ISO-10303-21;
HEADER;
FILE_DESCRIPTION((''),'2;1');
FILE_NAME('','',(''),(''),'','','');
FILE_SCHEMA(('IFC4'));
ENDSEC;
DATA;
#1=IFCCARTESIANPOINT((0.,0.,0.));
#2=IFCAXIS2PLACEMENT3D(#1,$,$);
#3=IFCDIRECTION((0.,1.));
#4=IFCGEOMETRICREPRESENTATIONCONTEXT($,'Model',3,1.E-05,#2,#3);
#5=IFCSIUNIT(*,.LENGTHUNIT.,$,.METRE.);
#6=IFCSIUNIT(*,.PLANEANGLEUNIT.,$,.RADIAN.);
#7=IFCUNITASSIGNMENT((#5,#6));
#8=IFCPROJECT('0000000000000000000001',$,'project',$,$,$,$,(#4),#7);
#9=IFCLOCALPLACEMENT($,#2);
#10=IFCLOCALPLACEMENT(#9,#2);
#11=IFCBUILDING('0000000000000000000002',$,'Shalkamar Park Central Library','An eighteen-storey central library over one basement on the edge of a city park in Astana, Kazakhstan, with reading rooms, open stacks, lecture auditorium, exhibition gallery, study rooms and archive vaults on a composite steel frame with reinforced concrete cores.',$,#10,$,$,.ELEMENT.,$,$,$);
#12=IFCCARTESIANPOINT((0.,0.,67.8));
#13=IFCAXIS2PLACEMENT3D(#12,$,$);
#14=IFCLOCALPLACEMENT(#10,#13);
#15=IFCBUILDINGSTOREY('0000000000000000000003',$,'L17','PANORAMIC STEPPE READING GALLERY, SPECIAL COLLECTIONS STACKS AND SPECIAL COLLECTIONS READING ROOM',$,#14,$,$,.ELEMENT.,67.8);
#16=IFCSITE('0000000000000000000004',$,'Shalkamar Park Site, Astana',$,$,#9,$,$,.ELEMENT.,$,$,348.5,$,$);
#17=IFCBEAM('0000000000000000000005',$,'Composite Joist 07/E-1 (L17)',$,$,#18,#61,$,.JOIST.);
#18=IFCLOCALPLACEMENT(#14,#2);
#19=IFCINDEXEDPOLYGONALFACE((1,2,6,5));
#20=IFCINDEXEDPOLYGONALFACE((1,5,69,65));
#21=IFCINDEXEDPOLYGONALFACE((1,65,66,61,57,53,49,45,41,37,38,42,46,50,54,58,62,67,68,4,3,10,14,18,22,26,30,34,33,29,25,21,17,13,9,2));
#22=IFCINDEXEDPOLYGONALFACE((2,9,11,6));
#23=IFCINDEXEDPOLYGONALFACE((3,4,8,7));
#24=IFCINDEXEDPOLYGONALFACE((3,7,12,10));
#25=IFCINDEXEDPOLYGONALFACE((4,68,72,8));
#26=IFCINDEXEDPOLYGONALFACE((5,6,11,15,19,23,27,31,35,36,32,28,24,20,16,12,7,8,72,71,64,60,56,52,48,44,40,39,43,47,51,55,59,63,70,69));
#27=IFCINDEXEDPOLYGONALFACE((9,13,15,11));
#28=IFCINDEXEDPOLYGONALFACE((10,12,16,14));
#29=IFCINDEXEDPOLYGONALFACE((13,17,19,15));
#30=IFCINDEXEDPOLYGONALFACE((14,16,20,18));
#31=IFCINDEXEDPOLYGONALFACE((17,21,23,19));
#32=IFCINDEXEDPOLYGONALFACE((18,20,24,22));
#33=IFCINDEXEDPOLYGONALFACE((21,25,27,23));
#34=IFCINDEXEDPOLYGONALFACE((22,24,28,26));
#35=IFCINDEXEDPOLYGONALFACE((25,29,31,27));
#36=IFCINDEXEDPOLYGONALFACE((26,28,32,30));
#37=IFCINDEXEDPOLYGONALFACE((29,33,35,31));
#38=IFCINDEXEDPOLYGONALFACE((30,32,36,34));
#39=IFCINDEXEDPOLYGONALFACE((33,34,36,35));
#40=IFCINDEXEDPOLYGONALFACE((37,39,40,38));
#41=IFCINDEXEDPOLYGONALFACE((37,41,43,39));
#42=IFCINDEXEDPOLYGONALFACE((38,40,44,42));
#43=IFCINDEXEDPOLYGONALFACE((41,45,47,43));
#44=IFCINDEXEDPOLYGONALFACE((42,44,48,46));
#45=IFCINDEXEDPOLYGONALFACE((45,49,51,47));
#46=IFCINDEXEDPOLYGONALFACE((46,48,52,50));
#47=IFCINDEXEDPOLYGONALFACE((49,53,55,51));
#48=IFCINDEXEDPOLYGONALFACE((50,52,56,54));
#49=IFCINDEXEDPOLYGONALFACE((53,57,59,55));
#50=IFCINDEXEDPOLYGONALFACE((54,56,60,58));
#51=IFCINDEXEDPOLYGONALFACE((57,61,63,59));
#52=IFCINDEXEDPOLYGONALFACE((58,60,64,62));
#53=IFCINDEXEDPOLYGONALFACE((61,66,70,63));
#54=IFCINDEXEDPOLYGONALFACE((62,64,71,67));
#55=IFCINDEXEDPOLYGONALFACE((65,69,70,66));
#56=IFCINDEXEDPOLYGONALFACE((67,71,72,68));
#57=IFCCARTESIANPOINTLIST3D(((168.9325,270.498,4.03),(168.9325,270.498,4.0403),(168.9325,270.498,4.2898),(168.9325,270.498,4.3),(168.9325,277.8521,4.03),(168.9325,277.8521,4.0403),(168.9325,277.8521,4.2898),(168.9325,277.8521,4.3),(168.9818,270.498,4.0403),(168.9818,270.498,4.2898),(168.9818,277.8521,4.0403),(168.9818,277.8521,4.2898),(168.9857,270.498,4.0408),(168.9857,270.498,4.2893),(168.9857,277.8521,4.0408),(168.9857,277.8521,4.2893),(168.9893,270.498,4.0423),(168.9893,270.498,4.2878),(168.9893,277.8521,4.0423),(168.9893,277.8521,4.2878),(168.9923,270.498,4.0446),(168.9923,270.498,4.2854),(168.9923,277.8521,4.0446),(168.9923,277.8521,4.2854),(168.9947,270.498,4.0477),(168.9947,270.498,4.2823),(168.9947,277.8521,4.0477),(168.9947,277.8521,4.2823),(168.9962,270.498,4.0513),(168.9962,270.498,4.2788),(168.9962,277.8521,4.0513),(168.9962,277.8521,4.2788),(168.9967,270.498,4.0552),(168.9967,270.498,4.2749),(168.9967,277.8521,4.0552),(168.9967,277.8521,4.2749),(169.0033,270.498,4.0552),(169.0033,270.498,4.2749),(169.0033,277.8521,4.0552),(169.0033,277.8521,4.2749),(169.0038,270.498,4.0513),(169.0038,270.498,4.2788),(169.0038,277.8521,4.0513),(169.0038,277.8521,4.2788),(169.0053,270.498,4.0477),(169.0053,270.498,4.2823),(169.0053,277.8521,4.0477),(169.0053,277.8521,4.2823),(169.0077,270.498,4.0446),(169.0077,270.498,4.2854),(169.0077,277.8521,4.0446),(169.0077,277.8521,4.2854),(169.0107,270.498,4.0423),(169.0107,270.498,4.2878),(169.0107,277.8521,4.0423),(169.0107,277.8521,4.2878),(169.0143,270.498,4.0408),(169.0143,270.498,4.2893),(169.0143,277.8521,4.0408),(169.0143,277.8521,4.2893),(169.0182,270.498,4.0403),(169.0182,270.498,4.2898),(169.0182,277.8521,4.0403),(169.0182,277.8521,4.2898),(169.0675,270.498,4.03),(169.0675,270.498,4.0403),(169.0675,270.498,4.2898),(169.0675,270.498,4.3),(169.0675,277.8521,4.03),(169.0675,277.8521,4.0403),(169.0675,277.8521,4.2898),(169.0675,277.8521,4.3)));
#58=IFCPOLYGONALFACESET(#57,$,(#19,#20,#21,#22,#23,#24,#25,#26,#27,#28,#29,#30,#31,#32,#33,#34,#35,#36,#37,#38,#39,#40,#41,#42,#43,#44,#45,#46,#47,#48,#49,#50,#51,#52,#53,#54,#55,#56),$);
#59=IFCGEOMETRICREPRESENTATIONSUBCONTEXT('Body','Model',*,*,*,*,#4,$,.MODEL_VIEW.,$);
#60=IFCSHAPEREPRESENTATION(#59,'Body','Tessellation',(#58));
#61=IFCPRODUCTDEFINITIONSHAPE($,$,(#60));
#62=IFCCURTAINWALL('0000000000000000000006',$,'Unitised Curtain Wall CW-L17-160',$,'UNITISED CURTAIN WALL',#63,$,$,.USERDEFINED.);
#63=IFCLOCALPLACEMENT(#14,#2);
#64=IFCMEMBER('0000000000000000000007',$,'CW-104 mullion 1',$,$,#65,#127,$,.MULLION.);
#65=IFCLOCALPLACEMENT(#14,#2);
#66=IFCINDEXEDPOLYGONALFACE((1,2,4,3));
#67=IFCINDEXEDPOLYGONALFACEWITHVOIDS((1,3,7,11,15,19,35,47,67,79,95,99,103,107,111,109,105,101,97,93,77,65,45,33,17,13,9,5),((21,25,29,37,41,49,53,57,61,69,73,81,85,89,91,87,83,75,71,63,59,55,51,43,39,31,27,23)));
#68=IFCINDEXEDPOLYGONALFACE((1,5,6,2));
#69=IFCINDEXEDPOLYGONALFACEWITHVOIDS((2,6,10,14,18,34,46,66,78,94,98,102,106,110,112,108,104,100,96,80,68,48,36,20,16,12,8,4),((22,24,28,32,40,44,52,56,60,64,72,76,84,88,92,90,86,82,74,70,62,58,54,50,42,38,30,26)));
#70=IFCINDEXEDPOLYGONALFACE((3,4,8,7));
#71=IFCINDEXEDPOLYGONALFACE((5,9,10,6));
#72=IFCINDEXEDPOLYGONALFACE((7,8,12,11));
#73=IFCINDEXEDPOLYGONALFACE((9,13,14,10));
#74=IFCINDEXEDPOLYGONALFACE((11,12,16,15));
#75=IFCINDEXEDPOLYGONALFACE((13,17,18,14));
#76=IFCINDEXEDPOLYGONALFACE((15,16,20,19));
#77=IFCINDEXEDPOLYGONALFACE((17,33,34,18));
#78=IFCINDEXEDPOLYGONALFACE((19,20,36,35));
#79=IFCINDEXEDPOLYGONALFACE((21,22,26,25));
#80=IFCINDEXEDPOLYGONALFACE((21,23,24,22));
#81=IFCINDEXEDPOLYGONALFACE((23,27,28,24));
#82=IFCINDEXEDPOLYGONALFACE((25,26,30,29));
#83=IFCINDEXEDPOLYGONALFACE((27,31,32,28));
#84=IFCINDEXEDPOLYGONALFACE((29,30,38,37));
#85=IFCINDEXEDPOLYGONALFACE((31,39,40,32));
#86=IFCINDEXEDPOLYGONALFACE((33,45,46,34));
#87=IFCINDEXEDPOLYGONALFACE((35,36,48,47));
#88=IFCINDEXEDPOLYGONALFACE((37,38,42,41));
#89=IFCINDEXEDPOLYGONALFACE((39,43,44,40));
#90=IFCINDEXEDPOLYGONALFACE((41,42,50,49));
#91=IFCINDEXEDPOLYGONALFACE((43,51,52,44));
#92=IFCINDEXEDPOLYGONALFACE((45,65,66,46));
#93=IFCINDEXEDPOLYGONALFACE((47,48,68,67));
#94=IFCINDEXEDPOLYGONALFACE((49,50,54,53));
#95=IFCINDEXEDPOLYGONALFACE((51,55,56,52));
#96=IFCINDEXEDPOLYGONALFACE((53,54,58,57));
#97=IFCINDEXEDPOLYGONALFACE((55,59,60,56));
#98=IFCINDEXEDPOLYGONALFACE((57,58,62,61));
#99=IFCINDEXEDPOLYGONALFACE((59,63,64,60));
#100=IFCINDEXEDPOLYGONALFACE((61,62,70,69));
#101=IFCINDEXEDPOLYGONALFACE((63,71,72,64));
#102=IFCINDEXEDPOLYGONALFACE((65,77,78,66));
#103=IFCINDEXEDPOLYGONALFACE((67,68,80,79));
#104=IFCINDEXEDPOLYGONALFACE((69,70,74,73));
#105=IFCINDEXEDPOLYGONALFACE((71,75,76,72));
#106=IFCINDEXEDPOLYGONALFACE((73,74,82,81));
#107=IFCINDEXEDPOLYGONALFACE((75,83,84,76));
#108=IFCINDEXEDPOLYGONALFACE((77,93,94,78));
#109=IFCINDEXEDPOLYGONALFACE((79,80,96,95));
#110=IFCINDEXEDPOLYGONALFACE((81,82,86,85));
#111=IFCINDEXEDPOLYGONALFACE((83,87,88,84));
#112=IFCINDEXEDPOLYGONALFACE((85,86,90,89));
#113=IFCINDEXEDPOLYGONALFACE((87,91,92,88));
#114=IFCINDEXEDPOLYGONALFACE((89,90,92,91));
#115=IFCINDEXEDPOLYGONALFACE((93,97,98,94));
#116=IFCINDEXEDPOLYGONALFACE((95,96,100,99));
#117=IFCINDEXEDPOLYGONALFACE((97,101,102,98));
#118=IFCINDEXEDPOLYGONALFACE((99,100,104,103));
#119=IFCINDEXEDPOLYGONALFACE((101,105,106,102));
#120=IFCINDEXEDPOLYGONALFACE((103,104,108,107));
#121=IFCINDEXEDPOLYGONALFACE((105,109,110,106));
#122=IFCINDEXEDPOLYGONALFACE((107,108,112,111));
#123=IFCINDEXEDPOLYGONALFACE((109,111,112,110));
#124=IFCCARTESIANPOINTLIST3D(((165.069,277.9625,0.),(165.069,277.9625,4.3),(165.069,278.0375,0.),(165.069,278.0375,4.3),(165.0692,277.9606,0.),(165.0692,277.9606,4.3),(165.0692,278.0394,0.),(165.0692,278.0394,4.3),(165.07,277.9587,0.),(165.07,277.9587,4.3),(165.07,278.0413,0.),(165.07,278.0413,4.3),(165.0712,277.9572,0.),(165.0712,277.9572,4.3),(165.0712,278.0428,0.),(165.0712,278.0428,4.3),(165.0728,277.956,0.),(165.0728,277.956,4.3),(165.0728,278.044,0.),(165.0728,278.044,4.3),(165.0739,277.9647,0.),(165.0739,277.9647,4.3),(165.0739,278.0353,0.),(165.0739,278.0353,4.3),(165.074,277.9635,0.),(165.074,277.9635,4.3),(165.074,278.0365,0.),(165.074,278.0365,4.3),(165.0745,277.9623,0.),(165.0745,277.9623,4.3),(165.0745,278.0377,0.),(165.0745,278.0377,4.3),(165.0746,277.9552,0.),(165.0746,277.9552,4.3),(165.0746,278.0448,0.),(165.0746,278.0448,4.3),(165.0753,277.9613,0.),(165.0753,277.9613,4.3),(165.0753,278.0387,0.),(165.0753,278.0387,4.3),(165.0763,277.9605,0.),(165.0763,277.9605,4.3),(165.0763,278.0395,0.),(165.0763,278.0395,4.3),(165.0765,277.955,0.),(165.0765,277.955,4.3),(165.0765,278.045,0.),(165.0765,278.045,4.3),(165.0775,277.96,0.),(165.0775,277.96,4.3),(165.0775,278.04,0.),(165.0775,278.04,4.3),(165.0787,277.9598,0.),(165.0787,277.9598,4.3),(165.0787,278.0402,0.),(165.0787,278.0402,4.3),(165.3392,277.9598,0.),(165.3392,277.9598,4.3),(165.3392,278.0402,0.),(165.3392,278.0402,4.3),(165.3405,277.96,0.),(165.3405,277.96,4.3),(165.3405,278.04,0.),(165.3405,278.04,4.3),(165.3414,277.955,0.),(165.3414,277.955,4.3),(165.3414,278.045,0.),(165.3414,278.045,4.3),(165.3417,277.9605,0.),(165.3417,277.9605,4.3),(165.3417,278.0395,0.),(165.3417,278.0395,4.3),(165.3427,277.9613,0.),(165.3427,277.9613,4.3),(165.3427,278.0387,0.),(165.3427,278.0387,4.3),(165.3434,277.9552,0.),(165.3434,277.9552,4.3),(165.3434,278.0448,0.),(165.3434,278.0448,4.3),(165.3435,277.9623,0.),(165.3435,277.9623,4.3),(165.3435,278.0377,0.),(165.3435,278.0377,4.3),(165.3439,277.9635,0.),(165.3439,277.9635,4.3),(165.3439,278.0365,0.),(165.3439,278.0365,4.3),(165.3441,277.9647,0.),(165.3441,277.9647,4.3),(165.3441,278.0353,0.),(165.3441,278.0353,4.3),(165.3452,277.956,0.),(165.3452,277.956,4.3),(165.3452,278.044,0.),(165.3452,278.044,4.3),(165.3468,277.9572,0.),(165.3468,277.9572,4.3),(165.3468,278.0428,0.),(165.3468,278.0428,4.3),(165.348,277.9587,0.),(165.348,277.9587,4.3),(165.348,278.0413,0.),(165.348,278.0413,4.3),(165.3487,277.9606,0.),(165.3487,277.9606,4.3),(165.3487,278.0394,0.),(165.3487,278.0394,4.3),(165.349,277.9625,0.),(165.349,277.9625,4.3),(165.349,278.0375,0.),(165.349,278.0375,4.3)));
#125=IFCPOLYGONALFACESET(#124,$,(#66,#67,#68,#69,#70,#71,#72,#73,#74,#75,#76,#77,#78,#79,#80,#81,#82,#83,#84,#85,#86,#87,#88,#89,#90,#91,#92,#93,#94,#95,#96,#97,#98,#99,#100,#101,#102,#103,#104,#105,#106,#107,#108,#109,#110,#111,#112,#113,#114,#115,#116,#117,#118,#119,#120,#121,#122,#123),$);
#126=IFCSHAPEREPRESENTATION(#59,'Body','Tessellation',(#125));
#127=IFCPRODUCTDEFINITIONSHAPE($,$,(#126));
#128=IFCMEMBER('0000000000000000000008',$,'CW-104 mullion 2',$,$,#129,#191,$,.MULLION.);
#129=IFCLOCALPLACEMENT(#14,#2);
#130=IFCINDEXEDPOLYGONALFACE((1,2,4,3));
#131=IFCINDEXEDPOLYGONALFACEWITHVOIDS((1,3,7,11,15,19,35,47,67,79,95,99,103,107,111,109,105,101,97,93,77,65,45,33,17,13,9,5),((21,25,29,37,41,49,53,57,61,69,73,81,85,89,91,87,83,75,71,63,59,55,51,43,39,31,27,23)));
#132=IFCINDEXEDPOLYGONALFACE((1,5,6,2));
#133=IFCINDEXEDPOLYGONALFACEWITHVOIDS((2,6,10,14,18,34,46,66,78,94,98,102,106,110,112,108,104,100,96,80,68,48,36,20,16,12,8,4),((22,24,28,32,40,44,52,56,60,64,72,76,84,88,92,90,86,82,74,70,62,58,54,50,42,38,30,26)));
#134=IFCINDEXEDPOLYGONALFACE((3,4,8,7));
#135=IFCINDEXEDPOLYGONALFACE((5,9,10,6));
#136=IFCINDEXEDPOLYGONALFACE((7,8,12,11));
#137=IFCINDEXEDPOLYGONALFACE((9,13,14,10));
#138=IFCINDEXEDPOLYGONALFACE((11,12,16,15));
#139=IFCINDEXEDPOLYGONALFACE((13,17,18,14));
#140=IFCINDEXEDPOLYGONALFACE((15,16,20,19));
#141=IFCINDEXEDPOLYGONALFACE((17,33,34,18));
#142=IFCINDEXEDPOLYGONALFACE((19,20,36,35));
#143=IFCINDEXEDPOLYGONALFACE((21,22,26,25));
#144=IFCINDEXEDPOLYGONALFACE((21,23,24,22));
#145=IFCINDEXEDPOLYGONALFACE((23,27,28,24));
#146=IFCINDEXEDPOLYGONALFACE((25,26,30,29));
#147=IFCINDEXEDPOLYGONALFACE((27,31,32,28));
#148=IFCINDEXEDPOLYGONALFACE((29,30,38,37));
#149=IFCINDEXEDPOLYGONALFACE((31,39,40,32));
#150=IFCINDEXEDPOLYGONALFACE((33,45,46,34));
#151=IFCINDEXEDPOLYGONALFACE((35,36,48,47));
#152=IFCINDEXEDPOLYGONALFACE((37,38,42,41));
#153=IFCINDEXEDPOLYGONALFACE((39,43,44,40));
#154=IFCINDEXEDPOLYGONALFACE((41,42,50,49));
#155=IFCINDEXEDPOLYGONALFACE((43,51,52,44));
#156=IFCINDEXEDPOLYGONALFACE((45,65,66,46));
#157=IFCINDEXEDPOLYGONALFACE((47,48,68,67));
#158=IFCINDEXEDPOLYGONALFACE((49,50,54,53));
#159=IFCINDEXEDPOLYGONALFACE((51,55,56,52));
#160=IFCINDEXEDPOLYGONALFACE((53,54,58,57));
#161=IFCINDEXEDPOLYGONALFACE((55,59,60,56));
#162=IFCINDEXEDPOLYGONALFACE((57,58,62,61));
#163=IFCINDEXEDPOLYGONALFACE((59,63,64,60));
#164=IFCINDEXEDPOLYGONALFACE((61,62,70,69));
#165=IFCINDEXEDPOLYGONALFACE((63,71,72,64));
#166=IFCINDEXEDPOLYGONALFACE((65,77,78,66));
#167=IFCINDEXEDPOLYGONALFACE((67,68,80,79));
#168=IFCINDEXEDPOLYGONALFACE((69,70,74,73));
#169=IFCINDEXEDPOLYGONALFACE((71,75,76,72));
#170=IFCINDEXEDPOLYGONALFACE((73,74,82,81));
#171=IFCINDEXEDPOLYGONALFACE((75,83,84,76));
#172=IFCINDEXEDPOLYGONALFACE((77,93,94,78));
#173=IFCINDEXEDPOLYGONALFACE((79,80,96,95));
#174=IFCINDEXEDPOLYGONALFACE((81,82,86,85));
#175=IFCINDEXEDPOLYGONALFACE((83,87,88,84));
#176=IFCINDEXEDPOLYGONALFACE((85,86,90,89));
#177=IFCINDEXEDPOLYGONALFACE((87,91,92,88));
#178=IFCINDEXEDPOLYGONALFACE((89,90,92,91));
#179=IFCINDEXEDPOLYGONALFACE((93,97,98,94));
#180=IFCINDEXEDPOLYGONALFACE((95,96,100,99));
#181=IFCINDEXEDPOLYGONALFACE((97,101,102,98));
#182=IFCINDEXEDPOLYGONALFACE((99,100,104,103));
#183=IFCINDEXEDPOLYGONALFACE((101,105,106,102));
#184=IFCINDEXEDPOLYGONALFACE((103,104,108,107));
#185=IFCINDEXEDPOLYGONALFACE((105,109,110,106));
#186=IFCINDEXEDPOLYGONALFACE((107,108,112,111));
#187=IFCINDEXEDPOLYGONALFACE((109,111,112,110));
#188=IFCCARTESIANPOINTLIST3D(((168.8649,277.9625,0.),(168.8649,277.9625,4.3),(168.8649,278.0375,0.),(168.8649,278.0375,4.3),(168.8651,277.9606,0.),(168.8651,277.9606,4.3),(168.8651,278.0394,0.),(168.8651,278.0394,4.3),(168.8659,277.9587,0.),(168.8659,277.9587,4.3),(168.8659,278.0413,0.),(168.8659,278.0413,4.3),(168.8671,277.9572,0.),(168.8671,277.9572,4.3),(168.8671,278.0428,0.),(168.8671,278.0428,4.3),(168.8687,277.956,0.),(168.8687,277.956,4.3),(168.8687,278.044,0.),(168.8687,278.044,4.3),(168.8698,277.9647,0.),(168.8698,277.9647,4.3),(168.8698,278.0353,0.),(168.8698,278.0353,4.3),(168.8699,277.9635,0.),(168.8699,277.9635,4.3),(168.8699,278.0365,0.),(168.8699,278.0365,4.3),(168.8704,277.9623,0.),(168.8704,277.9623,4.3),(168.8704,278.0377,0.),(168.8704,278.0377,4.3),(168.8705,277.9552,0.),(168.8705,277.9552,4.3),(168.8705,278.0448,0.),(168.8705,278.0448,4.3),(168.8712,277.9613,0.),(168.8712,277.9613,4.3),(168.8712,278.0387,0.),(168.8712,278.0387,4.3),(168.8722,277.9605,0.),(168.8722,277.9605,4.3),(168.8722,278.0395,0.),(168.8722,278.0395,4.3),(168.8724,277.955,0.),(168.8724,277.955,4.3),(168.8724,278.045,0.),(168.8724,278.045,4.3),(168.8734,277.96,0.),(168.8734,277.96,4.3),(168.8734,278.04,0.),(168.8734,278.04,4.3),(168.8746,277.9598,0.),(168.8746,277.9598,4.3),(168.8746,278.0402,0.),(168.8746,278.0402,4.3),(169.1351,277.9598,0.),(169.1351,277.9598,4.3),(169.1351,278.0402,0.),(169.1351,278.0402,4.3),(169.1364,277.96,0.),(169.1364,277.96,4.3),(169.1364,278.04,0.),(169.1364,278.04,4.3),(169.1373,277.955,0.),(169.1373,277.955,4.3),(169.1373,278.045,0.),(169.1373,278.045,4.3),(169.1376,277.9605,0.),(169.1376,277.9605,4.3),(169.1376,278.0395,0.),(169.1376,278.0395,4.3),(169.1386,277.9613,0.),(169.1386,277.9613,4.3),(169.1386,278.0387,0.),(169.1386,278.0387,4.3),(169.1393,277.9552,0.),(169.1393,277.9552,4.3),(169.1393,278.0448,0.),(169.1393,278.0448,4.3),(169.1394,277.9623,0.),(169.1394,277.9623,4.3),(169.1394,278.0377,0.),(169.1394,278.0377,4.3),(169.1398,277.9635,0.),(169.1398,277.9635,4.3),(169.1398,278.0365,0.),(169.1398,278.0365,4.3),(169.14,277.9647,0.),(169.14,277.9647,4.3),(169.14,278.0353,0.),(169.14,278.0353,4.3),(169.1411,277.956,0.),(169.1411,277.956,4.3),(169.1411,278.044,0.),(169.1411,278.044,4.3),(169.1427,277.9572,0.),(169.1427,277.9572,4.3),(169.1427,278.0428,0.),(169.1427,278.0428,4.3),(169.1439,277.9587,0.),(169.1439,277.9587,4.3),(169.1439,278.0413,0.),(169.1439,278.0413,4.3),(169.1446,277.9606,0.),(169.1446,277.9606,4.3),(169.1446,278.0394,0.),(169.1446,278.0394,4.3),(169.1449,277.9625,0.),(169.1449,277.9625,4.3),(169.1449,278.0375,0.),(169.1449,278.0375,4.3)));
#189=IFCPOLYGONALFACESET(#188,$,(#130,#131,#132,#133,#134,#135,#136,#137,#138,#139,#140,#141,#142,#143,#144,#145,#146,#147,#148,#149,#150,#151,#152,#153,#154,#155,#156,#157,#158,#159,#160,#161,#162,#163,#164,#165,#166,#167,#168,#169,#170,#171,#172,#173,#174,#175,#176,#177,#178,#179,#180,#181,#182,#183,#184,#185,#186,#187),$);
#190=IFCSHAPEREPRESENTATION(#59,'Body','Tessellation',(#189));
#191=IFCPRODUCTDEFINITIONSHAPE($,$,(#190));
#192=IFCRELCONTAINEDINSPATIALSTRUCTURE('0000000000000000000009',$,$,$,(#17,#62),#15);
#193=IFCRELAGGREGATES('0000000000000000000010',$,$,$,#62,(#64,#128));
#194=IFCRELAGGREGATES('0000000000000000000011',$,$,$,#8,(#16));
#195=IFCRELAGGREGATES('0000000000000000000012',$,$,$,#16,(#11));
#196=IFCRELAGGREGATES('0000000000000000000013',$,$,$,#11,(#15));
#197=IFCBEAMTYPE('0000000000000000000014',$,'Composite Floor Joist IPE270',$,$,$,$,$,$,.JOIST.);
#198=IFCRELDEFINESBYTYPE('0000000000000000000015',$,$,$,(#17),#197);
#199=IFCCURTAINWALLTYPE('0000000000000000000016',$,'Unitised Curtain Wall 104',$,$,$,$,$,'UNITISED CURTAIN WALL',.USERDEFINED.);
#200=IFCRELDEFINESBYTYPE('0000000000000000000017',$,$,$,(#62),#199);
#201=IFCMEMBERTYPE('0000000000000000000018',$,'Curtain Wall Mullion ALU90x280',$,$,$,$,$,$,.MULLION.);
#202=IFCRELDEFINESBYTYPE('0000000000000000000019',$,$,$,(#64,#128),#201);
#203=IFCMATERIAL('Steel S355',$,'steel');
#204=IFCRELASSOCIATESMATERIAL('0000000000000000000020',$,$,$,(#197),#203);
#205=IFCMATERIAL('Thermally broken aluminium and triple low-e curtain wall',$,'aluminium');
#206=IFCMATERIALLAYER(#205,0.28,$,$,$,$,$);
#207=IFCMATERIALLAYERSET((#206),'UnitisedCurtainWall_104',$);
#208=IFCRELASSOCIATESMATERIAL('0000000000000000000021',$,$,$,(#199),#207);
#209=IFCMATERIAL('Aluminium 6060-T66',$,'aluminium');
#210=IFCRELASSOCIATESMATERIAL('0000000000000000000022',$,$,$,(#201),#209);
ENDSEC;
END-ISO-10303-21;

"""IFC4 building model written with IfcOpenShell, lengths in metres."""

from ifc_helpers import new_model, si_unit, direction, frame, origin, origin_2d, place, context, subcontext, project, spatial, hollow_rectangle, i_section, extrude, material, layer, layer_set, material_profile, profile_set, type_object, element, aggregate, save


model = new_model("IFC4")

# Units and contexts
model_context = context("Model", 3, precision=1e-05, world=origin(), true_north=direction((0.0, 1.0)))
body_context = subcontext(model_context, "Body", "Model", "MODEL_VIEW")
ifc_project = project(units=[si_unit("LENGTHUNIT", "METRE"), si_unit("PLANEANGLEUNIT", "RADIAN")], contexts=[model_context])

# Site, building, storey
site_placement = place(None, origin())
site = spatial("IfcSite", under=ifc_project, at=site_placement, Name="Shalkamar Park Site, Astana", CompositionType="ELEMENT", RefElevation=348.5)
building_placement = place(site_placement, origin())
building = spatial("IfcBuilding", under=site, at=building_placement, Name="Shalkamar Park Central Library", Description="An eighteen-storey central library over one basement on the edge of a city park in Astana, Kazakhstan, with reading rooms, open stacks, lecture auditorium, exhibition gallery, study rooms and archive vaults on a composite steel frame with reinforced concrete cores.", CompositionType="ELEMENT")
storey_placement = place(building_placement, frame((0.0, 0.0, 67.8)))
storey = spatial("IfcBuildingStorey", under=building, at=storey_placement, Name="L17", Description="PANORAMIC STEPPE READING GALLERY, SPECIAL COLLECTIONS STACKS AND SPECIAL COLLECTIONS READING ROOM", CompositionType="ELEMENT", Elevation=67.8)

# Beam
ifc_material_1 = material(Name="Steel S355", Category="steel")
ifc_material_profile_1 = material_profile(ifc_material_1, i_section(OverallWidth=0.135, OverallDepth=0.27, WebThickness=0.0066, FlangeThickness=0.0103, FilletRadius=0.0149, at=origin_2d()), Name="IPE 270")
ifc_profile_set_1 = profile_set([ifc_material_profile_1], Name="Steel S355")
beam_type_1 = type_object("IfcBeamType", Name="Composite Floor Joist IPE270", PredefinedType="JOIST", material=ifc_profile_set_1)
beam_1_placement = place(storey_placement, frame((169.0, 270.498, 4.165), z_axis=(0.0, 1.0, 0.0), x_axis=(-1.0, 0.0, 0.0)))
element("IfcBeam", 1, at=beam_1_placement, inside=storey, type_object=beam_type_1, Name="Composite Joist 07/E-1 (L17)", PredefinedType="JOIST", context=body_context, shape_type="SweptSolid", body=[
    extrude(i_section(OverallWidth=0.135, OverallDepth=0.27, WebThickness=0.0066, FlangeThickness=0.0103, FilletRadius=0.0149, at=origin_2d()), origin(), (0.0, 0.0, 1.0), 7.354),
])

# Curtain wall, members
ifc_material_2 = material(Name="Thermally broken aluminium and triple low-e curtain wall", Category="aluminium")
ifc_layer_1 = layer(ifc_material_2, 0.28)
ifc_layer_set_1 = layer_set([ifc_layer_1], Name="UnitisedCurtainWall_104")
curtain_wall_type = type_object("IfcCurtainWallType", Name="Unitised Curtain Wall 104", ElementType="UNITISED CURTAIN WALL", PredefinedType="USERDEFINED", material=ifc_layer_set_1)
curtain_wall_placement = place(storey_placement, origin())
curtain_wall = element("IfcCurtainWall", 2, at=curtain_wall_placement, inside=storey, type_object=curtain_wall_type, Name="Unitised Curtain Wall CW-L17-160", ObjectType="UNITISED CURTAIN WALL", PredefinedType="USERDEFINED")
ifc_material_3 = material(Name="Aluminium 6060-T66", Category="aluminium")
ifc_material_profile_2 = material_profile(ifc_material_3, hollow_rectangle(XDim=0.0901, YDim=0.28, WallThickness=0.0049, InnerFilletRadius=0.0049, OuterFilletRadius=0.0076, at=origin_2d()), Name="ALU 90x280x5")
ifc_profile_set_2 = profile_set([ifc_material_profile_2], Name="Aluminium 6060-T66")
member_type_1 = type_object("IfcMemberType", Name="Curtain Wall Mullion ALU90x280", PredefinedType="MULLION", material=ifc_profile_set_2)
member_1_placement = place(storey_placement, frame((165.209, 278.0, 0.0), z_axis=(0.0, 0.0, 1.0), x_axis=(0.0, 1.0, 0.0)))
member_1 = element("IfcMember", 3, at=member_1_placement, type_object=member_type_1, Name="CW-104 mullion 1", PredefinedType="MULLION", context=body_context, shape_type="SweptSolid", body=[
    extrude(hollow_rectangle(XDim=0.0901, YDim=0.28, WallThickness=0.0049, InnerFilletRadius=0.0049, OuterFilletRadius=0.0076, at=origin_2d()), origin(), (0.0, 0.0, 1.0), 4.3),
])
member_2_placement = place(storey_placement, frame((169.0049, 278.0, 0.0), z_axis=(0.0, 0.0, 1.0), x_axis=(0.0, 1.0, 0.0)))
member_2 = element("IfcMember", 4, at=member_2_placement, type_object=member_type_1, Name="CW-104 mullion 2", PredefinedType="MULLION", context=body_context, shape_type="SweptSolid", body=[
    extrude(hollow_rectangle(XDim=0.0901, YDim=0.28, WallThickness=0.0049, InnerFilletRadius=0.0049, OuterFilletRadius=0.0076, at=origin_2d()), origin(), (0.0, 0.0, 1.0), 4.3),
])

aggregate(curtain_wall, [member_1, member_2])

save(model, "model.ifc")
